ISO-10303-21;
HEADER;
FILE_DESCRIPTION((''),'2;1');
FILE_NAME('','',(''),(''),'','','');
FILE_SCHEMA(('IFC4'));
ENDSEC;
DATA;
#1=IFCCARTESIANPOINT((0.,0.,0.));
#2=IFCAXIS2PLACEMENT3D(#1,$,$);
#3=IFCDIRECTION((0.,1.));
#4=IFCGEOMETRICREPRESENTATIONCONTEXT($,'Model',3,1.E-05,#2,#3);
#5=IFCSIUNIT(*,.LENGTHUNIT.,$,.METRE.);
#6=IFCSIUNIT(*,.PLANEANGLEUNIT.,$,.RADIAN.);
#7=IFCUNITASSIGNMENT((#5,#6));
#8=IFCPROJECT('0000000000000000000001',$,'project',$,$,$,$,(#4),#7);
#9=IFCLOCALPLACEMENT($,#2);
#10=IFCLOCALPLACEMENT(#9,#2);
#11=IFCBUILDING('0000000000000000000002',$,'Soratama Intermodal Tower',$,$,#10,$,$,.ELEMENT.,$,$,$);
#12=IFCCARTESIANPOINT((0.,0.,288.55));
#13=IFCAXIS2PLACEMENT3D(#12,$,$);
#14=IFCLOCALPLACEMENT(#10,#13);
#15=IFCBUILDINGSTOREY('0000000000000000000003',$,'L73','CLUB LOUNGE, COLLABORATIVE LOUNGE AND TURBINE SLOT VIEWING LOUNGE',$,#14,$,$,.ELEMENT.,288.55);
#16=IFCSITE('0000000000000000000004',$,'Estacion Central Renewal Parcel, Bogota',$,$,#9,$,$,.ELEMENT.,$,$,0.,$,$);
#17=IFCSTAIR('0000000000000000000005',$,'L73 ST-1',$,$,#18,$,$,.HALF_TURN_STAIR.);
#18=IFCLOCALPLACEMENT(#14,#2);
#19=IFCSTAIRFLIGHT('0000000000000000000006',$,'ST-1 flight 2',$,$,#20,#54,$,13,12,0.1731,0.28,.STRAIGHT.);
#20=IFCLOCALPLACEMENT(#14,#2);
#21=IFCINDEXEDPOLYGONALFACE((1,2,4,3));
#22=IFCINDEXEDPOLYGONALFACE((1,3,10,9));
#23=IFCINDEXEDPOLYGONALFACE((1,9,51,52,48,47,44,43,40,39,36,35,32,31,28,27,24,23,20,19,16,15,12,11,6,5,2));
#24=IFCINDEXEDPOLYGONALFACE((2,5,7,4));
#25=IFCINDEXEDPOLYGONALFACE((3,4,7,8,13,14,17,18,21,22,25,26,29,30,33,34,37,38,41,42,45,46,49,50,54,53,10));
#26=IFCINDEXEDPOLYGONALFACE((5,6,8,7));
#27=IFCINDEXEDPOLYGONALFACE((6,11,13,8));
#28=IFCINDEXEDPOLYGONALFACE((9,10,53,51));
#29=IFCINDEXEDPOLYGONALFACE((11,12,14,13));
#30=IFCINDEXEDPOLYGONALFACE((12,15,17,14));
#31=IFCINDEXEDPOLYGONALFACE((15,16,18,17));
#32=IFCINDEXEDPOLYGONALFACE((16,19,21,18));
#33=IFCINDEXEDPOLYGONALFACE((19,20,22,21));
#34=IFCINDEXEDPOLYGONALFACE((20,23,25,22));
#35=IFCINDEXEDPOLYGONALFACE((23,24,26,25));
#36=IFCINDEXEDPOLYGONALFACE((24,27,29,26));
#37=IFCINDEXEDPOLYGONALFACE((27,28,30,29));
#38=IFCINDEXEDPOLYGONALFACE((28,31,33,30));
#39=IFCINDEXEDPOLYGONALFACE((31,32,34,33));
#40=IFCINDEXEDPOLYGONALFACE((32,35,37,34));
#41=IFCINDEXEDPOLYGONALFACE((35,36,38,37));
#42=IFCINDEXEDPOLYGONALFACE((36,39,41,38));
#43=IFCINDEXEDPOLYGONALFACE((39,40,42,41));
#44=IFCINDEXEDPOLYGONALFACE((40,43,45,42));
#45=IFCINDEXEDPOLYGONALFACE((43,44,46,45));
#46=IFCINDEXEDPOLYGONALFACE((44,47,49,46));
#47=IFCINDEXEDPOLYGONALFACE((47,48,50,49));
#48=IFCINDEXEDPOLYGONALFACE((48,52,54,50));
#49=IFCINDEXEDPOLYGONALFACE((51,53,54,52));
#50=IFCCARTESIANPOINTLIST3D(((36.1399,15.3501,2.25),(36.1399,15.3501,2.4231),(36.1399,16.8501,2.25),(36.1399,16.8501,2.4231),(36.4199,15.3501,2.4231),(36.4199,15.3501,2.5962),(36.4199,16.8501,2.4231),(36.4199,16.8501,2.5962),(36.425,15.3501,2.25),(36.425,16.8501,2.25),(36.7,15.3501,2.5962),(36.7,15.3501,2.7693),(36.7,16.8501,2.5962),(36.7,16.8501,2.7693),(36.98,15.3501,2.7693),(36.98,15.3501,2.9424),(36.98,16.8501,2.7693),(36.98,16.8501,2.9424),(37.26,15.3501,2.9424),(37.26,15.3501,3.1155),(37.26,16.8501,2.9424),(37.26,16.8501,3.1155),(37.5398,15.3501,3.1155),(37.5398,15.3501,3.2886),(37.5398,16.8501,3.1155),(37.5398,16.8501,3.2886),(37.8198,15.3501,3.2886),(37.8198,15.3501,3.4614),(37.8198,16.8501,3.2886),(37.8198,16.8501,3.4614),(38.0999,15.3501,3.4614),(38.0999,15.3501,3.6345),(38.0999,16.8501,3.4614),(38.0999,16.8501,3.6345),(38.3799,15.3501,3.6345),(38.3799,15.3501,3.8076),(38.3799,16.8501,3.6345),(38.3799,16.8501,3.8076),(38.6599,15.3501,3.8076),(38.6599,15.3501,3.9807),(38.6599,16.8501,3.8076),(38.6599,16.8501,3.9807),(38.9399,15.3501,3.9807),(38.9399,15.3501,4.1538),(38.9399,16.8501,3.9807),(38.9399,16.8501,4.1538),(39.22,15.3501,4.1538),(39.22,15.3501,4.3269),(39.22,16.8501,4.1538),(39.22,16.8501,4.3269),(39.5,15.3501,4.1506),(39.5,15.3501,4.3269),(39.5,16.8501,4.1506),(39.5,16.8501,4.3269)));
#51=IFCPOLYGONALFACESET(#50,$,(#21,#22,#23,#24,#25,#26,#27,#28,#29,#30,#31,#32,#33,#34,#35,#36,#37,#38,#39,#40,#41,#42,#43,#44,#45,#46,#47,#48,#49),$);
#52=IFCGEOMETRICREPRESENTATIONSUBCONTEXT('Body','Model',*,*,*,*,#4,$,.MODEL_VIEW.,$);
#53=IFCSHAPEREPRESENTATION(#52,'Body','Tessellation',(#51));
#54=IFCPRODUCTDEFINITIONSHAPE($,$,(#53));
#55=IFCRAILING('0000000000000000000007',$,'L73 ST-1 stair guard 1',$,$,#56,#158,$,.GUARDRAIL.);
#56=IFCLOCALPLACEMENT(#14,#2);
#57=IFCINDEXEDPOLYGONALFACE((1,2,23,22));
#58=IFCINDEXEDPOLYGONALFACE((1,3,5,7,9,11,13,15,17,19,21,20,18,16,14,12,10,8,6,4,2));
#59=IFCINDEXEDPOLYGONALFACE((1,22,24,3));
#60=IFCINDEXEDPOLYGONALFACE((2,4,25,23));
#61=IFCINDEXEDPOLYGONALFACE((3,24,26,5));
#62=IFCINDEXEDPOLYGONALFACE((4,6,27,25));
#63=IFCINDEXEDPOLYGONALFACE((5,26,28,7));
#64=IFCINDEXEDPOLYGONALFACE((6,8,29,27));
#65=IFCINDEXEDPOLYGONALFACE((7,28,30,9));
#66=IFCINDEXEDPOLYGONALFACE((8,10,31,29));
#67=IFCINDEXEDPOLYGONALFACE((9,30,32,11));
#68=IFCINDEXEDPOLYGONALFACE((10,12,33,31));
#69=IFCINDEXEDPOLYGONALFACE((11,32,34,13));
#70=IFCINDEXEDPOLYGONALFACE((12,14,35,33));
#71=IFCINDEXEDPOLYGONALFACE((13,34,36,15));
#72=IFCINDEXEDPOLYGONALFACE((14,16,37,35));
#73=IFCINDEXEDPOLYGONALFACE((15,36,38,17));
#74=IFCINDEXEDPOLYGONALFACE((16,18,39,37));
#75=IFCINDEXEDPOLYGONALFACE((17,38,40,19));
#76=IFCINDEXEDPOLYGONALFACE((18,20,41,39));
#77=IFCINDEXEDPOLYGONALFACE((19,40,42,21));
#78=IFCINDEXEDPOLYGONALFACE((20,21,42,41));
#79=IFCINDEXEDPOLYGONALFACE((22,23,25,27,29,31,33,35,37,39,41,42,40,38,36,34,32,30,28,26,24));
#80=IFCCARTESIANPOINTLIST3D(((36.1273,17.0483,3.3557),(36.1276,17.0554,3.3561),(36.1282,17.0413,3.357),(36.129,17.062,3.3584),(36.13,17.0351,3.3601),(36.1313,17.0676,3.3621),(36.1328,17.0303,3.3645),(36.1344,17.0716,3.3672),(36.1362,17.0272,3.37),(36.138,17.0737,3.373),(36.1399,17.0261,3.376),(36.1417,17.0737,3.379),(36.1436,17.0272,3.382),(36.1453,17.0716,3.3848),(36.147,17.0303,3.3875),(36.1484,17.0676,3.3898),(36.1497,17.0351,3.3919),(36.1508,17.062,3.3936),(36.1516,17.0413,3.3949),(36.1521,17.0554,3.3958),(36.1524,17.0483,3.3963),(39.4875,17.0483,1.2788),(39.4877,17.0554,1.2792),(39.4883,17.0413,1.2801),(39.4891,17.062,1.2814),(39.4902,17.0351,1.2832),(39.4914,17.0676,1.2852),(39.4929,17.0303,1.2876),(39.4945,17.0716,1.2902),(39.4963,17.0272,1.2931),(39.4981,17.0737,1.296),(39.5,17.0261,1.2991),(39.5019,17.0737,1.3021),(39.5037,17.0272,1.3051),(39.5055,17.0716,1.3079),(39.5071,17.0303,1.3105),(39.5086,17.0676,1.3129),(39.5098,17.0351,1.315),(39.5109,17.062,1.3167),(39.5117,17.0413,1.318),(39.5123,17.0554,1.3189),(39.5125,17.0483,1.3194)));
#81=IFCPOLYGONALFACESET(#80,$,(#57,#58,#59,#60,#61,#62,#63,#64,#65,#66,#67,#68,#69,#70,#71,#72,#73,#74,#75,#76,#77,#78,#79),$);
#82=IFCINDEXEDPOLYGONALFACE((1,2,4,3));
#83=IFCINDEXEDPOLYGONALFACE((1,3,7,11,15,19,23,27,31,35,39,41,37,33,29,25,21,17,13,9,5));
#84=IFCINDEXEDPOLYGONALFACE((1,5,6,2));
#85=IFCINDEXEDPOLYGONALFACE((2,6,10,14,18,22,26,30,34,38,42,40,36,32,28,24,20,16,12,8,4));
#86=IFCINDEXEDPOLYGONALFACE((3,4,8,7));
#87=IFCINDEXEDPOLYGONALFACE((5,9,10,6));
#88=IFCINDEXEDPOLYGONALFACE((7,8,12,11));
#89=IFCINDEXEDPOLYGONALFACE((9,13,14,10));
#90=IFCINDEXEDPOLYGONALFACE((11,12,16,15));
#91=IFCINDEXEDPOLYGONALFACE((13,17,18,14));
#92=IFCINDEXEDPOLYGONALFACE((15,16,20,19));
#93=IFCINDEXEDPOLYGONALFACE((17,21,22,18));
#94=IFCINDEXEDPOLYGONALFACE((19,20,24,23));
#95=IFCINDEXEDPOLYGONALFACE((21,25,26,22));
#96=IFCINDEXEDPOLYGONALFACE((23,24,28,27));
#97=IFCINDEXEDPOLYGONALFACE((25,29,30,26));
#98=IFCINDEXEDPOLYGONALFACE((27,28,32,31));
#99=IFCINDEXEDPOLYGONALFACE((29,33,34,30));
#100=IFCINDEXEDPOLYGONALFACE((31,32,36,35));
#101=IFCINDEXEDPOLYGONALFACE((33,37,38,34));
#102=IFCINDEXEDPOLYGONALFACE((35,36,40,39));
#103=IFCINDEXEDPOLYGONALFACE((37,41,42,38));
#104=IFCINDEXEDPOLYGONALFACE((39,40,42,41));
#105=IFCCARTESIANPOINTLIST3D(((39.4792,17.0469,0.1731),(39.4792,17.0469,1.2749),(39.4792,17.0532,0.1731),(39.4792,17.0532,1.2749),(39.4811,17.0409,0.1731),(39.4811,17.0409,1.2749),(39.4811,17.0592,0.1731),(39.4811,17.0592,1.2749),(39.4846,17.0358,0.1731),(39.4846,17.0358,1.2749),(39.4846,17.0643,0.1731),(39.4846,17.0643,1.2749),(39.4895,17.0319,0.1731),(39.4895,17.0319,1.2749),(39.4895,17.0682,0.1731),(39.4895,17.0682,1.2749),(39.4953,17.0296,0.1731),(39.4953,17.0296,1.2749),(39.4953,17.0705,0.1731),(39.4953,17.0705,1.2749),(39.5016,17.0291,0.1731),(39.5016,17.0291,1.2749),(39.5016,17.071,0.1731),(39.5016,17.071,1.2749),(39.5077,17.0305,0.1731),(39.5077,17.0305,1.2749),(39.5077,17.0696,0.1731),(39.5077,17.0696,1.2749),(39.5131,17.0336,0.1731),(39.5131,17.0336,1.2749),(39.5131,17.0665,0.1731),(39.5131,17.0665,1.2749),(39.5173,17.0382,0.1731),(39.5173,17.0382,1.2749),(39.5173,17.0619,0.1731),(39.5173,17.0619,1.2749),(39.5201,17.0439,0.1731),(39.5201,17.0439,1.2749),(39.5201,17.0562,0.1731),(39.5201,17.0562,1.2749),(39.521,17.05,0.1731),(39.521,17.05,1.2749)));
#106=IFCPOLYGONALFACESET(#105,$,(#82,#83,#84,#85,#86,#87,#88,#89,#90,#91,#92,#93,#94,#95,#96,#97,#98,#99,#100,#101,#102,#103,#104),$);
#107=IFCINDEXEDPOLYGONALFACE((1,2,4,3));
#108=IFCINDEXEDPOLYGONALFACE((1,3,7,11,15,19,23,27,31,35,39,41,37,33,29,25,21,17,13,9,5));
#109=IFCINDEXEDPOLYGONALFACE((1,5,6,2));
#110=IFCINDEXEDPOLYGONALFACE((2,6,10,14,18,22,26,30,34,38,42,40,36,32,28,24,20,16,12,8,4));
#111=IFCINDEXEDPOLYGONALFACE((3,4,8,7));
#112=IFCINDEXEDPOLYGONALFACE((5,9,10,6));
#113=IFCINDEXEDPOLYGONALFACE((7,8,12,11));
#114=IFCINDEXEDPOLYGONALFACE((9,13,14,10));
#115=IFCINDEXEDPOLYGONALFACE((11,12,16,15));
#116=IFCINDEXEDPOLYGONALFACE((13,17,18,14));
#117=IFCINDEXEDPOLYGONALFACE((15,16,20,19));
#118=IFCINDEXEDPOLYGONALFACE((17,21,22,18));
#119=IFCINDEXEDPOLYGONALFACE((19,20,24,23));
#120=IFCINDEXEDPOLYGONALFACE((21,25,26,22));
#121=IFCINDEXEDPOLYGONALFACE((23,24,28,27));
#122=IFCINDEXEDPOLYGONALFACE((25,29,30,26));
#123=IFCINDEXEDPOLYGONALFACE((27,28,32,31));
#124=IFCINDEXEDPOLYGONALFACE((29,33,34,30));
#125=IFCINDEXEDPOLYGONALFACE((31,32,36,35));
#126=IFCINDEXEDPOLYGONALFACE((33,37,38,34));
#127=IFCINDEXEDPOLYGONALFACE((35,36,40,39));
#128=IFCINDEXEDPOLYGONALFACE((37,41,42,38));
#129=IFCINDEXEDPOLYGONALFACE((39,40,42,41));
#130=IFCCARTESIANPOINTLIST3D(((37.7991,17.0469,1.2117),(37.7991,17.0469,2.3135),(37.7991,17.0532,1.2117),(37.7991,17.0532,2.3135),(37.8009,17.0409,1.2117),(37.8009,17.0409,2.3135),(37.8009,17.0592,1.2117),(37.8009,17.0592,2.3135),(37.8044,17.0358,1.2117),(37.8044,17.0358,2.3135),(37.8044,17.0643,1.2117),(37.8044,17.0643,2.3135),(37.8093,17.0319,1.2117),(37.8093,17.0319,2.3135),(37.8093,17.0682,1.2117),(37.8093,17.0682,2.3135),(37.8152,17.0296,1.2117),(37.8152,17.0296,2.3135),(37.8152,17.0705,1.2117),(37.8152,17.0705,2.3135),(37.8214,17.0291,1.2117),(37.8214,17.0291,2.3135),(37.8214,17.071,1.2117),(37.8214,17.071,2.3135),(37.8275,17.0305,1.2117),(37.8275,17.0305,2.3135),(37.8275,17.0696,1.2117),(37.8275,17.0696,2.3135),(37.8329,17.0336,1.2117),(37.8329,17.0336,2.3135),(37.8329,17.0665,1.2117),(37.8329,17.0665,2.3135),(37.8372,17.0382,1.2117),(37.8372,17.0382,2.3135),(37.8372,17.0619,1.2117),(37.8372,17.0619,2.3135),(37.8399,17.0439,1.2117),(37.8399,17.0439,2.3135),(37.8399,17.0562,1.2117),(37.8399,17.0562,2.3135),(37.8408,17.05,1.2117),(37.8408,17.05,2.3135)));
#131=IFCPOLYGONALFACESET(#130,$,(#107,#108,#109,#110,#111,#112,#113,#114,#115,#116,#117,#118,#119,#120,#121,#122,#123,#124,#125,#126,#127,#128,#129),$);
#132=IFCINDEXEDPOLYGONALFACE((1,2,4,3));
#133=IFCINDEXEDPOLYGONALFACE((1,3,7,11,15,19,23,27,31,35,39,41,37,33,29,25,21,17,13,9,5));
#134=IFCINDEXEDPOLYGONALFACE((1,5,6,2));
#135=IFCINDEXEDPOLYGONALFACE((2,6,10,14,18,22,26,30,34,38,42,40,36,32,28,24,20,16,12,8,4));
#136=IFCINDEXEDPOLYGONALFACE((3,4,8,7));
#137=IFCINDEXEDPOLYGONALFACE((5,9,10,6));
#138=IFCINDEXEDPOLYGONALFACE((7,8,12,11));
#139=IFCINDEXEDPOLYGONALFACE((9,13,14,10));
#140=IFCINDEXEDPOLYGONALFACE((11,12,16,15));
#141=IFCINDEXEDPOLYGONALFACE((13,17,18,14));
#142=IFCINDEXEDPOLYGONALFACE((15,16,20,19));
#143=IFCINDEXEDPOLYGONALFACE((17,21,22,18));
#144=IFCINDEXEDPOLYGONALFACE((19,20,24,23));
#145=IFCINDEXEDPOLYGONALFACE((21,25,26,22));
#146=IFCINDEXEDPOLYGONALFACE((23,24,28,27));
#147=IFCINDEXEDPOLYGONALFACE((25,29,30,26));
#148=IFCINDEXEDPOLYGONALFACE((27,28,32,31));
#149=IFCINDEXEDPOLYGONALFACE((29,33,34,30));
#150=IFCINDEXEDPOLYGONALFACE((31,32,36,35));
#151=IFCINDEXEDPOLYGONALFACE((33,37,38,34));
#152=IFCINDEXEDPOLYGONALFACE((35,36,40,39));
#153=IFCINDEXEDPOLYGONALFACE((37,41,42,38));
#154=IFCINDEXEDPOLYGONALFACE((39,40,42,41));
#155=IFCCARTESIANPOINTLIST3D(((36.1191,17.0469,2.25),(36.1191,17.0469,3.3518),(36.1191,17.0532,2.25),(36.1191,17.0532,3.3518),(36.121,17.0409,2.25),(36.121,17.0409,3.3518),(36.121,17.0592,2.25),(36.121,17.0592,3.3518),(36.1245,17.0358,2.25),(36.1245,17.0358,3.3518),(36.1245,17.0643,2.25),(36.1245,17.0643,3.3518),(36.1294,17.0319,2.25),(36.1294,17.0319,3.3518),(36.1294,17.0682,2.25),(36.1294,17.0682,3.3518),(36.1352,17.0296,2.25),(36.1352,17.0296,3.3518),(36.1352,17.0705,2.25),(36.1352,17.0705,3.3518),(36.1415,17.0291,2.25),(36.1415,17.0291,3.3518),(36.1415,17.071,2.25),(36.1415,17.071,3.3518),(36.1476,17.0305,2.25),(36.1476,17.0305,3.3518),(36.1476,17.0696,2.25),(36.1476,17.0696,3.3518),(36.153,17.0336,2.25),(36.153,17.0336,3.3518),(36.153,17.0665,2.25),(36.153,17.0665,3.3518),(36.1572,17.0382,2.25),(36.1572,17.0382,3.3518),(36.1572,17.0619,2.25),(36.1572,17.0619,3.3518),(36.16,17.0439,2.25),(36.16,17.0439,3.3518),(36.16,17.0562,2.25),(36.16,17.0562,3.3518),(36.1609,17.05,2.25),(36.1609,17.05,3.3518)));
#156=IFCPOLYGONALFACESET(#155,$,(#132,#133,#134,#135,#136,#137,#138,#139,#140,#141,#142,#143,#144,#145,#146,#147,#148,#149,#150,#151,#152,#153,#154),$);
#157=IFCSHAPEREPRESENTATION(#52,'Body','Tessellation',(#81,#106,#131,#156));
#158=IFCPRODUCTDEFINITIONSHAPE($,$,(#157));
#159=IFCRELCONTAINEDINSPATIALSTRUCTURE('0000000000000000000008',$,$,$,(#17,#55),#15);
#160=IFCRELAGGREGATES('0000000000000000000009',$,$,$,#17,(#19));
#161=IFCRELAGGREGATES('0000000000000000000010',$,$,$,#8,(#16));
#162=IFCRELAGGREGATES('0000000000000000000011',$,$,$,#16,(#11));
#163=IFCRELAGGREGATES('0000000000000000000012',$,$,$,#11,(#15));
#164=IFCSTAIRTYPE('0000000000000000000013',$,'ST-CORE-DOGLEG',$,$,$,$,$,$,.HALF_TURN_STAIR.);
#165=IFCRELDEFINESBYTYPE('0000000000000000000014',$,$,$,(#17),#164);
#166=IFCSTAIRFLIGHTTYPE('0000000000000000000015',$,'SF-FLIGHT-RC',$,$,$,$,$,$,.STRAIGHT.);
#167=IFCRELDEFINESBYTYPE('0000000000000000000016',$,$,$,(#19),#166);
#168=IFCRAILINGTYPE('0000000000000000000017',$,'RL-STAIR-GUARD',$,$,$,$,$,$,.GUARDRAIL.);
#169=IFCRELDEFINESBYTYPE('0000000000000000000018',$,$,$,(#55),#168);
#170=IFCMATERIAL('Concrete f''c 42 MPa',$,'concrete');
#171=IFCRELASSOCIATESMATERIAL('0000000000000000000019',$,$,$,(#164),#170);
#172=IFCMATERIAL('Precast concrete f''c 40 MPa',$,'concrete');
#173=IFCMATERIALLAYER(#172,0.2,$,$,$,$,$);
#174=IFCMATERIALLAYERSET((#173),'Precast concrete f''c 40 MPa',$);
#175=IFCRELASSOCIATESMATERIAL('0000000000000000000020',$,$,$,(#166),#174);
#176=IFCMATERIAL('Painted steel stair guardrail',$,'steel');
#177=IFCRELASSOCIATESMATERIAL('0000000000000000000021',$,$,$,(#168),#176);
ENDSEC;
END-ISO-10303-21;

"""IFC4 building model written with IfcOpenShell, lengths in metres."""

from ifc_helpers import new_model, si_unit, direction, frame, origin, origin_2d, place, context, subcontext, project, spatial, polyline, circle, outline, extrude, material, layer, layer_set, type_object, element, aggregate, save


model = new_model("IFC4")

# Units and contexts
model_context = context("Model", 3, precision=1e-05, world=origin(), true_north=direction((0.0, 1.0)))
body_context = subcontext(model_context, "Body", "Model", "MODEL_VIEW")
ifc_project = project(units=[si_unit("LENGTHUNIT", "METRE"), si_unit("PLANEANGLEUNIT", "RADIAN")], contexts=[model_context])

# Site, building, storey
site_placement = place(None, origin())
site = spatial("IfcSite", under=ifc_project, at=site_placement, Name="Estacion Central Renewal Parcel, Bogota", CompositionType="ELEMENT", RefElevation=0.0)
building_placement = place(site_placement, origin())
building = spatial("IfcBuilding", under=site, at=building_placement, Name="Soratama Intermodal Tower", CompositionType="ELEMENT")
storey_placement = place(building_placement, frame((0.0, 0.0, 288.55)))
storey = spatial("IfcBuildingStorey", under=building, at=storey_placement, Name="L73", Description="CLUB LOUNGE, COLLABORATIVE LOUNGE AND TURBINE SLOT VIEWING LOUNGE", CompositionType="ELEMENT", Elevation=288.55)

# Stair, stair flight
ifc_material_1 = material(Name="Concrete f'c 42 MPa", Category="concrete")
stair_type = type_object("IfcStairType", Name="ST-CORE-DOGLEG", PredefinedType="HALF_TURN_STAIR", material=ifc_material_1)
stair_placement = place(storey_placement, origin())
stair = element("IfcStair", 1, at=stair_placement, inside=storey, type_object=stair_type, Name="L73 ST-1", PredefinedType="HALF_TURN_STAIR")
ifc_material_2 = material(Name="Precast concrete f'c 40 MPa", Category="concrete")
ifc_layer_1 = layer(ifc_material_2, 0.2)
ifc_layer_set_1 = layer_set([ifc_layer_1], Name="Precast concrete f'c 40 MPa")
stair_flight_type = type_object("IfcStairFlightType", Name="SF-FLIGHT-RC", PredefinedType="STRAIGHT", material=ifc_layer_set_1)
stair_flight_1_placement = place(storey_placement, frame((36.1399, 16.1001, 2.25), z_axis=(0.0, 0.0, 1.0), x_axis=(1.0, 0.0, 0.0)))
stair_flight_1 = element("IfcStairFlight", 2, at=stair_flight_1_placement, type_object=stair_flight_type, Name="ST-1 flight 2", NumberOfRisers=13, NumberOfTreads=12, PredefinedType="STRAIGHT", RiserHeight=0.1731, TreadLength=0.28, context=body_context, shape_type="SweptSolid", body=[
    extrude(outline(polyline([(0.0, 0.0), (0.0, 0.1731), (0.28, 0.1731), (0.28, 0.3462), (0.5601, 0.3462), (0.5601, 0.5193), (0.8401, 0.5193), (0.8401, 0.6924), (1.1201, 0.6924), (1.1201, 0.8655), (1.3999, 0.8655), (1.3999, 1.0386), (1.6799, 1.0386), (1.6799, 1.2114), (1.96, 1.2114), (1.96, 1.3845), (2.24, 1.3845), (2.24, 1.5576), (2.52, 1.5576), (2.52, 1.7307), (2.8, 1.7307), (2.8, 1.9038), (3.0801, 1.9038), (3.0801, 2.0769), (3.3601, 2.0769), (3.3601, 2.25), (3.3601, 1.9006), (0.2852, 0.0), (0.0, 0.0)])), frame((0.0, 0.75, 0.0), z_axis=(0.0, -1.0, 0.0), x_axis=(1.0, 0.0, 0.0)), (0.0, 0.0, 1.0), 1.5),
])
aggregate(stair, [stair_flight_1])

# Railing
ifc_material_3 = material(Name="Painted steel stair guardrail", Category="steel")
railing_type_1 = type_object("IfcRailingType", Name="RL-STAIR-GUARD", PredefinedType="GUARDRAIL", material=ifc_material_3)
railing_1_placement = place(storey_placement, frame((39.5, 17.05, 0.1731)))
element("IfcRailing", 3, at=railing_1_placement, inside=storey, type_object=railing_type_1, Name="L73 ST-1 stair guard 1", PredefinedType="GUARDRAIL", context=body_context, shape_type="SweptSolid", body=[
    extrude(circle(Radius=0.0239, at=origin_2d()), frame((0.0, 0.0, 1.126), z_axis=(-0.850623, 0.0, 0.525776), x_axis=(0.0, -1.0, 0.0)), (0.0, 0.0, 1.0), 3.9502),
    extrude(circle(Radius=0.021, at=origin_2d()), origin(), (0.0, 0.0, 1.0), 1.1018),
    extrude(circle(Radius=0.021, at=origin_2d()), frame((-1.6802, 0.0, 1.0386)), (0.0, 0.0, 1.0), 1.1018),
    extrude(circle(Radius=0.021, at=origin_2d()), frame((-3.3601, 0.0, 2.0769)), (0.0, 0.0, 1.0), 1.1018),
])

save(model, "model.ifc")
